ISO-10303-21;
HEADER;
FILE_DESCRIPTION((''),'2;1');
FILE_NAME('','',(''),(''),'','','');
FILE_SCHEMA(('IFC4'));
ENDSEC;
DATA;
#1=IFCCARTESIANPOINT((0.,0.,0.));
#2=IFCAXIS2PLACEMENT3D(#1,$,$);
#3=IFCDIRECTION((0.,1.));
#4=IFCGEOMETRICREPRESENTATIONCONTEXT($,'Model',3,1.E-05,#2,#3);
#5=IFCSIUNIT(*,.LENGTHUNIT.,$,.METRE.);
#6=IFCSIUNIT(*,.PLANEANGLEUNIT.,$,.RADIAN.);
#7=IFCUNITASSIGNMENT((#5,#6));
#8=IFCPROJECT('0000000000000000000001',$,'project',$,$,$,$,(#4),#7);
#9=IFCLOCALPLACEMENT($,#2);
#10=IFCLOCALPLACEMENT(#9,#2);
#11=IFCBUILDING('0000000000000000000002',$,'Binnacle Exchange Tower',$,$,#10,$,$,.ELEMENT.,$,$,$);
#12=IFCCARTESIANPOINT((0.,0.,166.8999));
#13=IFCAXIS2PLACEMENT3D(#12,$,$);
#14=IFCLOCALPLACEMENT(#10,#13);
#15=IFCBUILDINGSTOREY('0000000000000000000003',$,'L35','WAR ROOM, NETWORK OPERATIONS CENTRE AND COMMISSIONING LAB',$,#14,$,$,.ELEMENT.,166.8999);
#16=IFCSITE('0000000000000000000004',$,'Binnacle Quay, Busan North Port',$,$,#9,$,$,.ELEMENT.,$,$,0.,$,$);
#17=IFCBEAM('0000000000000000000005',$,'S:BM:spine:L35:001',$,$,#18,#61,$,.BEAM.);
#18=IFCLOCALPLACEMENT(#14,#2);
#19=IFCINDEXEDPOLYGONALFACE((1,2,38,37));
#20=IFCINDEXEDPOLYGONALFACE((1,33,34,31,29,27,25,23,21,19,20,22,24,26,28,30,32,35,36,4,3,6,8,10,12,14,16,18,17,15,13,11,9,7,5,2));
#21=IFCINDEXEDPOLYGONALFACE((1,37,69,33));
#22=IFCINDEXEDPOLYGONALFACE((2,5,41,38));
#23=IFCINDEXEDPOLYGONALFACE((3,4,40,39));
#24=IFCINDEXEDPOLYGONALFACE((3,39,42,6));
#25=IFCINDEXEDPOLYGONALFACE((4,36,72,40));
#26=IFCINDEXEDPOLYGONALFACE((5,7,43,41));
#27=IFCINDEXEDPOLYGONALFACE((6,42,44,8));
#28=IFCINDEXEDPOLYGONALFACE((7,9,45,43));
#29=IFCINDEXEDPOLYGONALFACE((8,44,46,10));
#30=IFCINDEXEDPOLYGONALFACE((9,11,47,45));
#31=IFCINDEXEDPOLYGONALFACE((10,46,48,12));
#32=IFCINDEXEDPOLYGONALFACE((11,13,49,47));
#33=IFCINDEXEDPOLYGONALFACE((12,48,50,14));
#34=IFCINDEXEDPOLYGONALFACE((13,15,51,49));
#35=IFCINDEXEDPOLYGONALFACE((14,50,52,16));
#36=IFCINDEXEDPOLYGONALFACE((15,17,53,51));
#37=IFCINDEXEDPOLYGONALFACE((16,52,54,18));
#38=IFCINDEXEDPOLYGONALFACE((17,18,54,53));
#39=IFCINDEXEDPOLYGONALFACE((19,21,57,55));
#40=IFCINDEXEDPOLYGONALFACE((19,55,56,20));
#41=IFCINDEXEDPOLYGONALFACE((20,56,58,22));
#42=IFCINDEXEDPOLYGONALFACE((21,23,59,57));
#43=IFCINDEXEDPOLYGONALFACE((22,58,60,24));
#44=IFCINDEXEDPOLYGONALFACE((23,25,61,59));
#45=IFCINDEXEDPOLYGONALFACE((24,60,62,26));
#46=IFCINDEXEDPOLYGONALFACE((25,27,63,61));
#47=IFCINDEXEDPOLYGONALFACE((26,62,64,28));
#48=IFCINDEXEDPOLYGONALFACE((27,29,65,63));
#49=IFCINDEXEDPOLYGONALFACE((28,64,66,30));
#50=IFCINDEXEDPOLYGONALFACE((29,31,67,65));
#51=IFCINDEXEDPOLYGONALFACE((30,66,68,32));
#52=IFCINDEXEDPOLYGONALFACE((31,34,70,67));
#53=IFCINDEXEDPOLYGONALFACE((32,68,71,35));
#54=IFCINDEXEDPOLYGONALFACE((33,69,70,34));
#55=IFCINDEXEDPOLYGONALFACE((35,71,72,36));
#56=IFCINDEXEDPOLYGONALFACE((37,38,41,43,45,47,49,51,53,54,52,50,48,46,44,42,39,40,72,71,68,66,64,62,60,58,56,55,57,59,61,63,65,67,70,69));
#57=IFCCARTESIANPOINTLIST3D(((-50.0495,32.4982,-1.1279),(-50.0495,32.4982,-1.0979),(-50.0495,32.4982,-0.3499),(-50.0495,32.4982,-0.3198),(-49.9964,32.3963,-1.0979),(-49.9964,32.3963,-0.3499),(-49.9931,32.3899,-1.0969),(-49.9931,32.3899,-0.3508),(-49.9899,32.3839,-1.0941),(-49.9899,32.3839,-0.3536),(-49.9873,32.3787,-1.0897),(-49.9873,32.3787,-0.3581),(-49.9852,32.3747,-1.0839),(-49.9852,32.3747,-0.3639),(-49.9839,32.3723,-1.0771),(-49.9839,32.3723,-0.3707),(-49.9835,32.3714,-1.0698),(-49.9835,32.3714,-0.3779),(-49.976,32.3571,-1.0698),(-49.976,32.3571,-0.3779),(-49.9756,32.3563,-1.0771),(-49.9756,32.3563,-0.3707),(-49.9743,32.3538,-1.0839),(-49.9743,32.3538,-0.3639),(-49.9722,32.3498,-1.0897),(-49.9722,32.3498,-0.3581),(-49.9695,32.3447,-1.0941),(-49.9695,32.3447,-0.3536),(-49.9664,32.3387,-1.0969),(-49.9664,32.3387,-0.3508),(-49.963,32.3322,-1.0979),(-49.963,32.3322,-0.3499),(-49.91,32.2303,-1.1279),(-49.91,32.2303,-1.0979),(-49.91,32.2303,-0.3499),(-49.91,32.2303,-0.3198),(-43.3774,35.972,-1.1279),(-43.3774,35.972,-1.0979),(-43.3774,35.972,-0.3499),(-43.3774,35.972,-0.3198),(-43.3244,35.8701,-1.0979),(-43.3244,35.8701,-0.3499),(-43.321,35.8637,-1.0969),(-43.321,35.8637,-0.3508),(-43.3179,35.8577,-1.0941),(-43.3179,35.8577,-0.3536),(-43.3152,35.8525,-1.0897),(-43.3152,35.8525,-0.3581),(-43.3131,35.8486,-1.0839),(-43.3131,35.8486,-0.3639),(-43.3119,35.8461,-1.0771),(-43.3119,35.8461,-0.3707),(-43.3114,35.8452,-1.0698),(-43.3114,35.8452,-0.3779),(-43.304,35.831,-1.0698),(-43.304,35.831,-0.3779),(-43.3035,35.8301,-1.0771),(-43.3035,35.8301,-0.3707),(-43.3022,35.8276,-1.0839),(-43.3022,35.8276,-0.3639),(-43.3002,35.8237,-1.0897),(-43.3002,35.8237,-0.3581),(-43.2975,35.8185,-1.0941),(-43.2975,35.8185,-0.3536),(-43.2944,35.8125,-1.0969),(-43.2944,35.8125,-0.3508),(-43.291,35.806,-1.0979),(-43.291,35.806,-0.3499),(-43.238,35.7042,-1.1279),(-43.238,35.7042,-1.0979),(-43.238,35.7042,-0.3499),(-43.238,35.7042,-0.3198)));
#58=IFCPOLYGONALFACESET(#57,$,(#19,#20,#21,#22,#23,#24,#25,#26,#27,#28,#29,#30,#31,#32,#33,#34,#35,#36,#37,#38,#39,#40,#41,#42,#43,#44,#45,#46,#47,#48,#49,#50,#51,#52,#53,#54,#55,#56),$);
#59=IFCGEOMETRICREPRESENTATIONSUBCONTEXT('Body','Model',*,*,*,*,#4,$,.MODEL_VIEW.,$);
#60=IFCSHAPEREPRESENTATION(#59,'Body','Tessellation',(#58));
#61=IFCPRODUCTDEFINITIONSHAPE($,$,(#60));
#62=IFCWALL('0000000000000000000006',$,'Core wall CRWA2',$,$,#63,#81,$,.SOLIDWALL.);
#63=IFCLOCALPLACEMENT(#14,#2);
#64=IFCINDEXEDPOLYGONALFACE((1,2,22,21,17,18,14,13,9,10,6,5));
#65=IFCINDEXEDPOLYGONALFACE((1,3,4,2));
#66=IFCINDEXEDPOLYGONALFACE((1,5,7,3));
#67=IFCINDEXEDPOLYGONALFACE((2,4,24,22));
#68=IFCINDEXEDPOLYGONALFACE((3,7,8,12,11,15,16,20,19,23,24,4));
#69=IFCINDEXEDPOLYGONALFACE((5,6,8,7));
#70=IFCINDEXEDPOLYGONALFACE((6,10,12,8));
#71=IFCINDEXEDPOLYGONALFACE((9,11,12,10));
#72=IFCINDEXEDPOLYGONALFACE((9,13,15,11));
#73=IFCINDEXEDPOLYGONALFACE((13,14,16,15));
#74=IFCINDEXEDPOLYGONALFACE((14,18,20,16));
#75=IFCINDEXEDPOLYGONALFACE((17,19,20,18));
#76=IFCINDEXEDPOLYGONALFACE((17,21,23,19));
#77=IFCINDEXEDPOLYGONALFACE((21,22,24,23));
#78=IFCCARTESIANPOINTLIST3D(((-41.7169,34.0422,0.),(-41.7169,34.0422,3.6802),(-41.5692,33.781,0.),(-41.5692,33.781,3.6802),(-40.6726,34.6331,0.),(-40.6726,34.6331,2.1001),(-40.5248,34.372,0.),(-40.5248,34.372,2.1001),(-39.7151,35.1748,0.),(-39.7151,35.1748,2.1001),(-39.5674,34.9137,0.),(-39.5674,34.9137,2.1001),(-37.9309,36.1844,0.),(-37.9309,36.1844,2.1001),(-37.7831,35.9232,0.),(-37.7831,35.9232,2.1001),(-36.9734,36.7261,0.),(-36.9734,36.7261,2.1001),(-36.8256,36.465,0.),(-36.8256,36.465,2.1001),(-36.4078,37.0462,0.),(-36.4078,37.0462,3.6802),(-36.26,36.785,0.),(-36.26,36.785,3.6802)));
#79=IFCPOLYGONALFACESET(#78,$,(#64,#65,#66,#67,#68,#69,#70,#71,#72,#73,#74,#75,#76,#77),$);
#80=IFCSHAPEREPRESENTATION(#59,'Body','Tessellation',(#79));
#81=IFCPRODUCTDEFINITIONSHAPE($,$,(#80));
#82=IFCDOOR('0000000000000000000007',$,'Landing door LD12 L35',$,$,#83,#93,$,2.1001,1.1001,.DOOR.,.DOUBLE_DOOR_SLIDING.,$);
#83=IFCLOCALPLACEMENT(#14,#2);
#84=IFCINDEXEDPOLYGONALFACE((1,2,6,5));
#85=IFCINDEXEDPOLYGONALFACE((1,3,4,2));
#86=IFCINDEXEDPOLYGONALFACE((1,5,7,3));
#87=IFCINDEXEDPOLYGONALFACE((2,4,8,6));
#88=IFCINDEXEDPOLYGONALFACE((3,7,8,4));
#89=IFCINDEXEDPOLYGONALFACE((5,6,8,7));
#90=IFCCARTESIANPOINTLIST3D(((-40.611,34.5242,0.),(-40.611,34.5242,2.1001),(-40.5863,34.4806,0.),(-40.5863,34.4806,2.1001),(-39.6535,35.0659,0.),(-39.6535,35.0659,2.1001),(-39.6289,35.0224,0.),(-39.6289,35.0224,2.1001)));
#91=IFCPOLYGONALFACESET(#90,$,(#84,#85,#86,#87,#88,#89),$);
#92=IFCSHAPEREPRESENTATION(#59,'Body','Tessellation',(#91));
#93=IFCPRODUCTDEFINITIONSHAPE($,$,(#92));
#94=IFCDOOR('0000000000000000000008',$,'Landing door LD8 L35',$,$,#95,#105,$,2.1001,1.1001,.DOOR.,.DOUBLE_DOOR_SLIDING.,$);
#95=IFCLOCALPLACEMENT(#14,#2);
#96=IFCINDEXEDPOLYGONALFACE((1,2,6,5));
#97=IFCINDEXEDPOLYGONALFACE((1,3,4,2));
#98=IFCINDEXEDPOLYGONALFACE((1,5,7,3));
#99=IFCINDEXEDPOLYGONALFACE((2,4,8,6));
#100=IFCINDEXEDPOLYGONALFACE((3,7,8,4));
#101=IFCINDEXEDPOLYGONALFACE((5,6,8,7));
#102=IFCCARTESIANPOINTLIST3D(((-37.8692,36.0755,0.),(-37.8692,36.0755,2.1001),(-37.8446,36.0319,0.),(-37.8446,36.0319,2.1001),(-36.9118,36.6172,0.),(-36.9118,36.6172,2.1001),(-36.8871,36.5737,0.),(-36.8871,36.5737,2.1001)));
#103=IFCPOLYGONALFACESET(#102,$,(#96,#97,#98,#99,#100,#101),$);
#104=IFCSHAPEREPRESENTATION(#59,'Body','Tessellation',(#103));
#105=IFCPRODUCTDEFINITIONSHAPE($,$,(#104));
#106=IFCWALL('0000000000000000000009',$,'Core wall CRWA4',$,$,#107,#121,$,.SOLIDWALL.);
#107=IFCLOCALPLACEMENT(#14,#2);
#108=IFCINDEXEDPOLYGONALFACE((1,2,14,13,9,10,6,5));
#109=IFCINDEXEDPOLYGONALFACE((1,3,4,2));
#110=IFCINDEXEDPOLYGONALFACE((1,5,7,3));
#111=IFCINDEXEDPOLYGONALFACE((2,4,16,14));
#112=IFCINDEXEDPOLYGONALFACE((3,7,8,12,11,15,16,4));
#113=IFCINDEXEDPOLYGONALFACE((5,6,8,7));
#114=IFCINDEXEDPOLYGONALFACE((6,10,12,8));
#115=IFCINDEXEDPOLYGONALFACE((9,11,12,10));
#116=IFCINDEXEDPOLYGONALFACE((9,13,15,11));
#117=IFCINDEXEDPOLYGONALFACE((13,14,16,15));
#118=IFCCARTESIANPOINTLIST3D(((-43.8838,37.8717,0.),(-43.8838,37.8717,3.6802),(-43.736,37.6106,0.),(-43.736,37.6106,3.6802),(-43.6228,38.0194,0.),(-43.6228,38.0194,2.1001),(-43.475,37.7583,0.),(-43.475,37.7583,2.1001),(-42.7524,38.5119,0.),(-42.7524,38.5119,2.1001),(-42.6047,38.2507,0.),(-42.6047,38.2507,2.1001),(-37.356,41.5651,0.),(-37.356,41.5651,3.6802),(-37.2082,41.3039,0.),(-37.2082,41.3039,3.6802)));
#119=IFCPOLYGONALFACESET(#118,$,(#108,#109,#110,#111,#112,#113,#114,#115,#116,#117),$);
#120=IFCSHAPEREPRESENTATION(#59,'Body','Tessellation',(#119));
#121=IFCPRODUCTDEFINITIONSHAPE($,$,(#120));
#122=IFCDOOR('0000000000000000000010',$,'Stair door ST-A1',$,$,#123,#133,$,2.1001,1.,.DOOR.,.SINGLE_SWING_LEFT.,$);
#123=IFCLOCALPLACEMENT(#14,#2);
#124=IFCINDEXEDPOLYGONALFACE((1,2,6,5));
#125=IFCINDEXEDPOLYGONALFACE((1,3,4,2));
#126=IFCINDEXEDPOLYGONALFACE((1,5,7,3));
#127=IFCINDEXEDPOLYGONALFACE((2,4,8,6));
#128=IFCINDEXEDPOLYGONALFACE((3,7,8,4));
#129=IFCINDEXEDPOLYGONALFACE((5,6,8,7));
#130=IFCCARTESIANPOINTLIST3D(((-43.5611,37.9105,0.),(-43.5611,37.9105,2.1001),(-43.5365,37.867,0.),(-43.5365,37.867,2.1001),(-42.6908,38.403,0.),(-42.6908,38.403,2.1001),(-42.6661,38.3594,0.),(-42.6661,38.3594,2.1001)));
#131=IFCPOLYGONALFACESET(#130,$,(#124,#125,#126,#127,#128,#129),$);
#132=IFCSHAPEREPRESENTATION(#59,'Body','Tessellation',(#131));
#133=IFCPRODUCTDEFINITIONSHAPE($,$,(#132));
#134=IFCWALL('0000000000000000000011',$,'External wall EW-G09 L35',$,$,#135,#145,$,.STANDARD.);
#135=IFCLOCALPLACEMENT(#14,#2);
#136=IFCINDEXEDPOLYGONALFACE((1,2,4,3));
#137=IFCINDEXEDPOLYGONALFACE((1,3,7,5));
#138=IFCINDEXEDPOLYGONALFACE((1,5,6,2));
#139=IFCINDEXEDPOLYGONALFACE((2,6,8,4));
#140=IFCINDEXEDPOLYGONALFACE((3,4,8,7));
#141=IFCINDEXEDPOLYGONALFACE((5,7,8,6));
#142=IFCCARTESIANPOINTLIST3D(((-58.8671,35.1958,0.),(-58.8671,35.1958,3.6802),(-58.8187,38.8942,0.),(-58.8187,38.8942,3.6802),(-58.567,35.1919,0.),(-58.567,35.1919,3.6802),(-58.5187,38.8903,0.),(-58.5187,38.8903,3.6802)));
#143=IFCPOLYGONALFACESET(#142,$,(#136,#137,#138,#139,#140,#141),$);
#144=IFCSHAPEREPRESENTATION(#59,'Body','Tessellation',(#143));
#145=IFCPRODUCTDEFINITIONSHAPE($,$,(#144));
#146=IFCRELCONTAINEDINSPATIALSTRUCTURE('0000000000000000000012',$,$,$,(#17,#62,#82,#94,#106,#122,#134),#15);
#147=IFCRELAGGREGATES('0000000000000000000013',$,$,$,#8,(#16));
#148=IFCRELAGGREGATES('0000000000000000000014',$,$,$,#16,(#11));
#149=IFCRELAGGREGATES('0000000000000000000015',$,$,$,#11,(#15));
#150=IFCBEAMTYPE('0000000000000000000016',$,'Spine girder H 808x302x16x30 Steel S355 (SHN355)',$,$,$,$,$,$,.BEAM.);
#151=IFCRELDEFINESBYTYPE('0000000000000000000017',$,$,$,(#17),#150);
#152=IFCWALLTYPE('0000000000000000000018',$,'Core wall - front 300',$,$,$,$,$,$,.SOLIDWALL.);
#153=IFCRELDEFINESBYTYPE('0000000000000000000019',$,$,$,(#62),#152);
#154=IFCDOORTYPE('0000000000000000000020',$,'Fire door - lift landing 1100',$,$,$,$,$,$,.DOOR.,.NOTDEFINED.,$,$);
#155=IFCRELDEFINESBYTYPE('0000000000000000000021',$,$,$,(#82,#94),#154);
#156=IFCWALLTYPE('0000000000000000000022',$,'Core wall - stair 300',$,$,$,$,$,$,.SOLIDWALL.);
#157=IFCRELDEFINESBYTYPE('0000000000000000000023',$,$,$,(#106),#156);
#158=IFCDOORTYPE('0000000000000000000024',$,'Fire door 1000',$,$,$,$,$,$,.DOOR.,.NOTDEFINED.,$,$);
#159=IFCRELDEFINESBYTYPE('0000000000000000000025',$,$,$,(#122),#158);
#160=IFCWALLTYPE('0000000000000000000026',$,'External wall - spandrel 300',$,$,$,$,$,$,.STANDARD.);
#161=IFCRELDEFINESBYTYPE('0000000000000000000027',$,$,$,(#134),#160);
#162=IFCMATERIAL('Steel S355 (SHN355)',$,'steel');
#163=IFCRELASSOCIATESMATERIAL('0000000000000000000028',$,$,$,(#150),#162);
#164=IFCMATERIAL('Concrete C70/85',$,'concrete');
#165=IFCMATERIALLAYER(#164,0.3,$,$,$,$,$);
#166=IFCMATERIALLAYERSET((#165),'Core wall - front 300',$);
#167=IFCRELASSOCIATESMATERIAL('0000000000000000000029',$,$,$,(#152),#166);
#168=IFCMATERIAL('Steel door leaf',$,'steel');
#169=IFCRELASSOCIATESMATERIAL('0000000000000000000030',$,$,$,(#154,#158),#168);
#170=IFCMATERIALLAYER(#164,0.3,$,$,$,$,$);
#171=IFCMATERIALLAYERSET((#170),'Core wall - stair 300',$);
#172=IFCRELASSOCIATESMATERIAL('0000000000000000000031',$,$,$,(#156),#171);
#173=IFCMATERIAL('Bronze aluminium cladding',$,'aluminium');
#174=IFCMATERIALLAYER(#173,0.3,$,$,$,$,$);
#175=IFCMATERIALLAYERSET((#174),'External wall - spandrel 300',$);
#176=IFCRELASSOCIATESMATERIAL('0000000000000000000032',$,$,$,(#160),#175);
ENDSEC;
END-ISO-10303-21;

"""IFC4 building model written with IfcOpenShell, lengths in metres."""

from ifc_helpers import new_model, si_unit, direction, frame, frame_2d, origin, origin_2d, place, context, subcontext, project, spatial, rectangle, i_section, extrude, material, layer, layer_set, material_profile, profile_set, type_object, element, fill, save


model = new_model("IFC4")

# Units and contexts
model_context = context("Model", 3, precision=1e-05, world=origin(), true_north=direction((0.0, 1.0)))
body_context = subcontext(model_context, "Body", "Model", "MODEL_VIEW")
ifc_project = project(units=[si_unit("LENGTHUNIT", "METRE"), si_unit("PLANEANGLEUNIT", "RADIAN")], contexts=[model_context])

# Site, building, storey
site_placement = place(None, origin())
site = spatial("IfcSite", under=ifc_project, at=site_placement, Name="Binnacle Quay, Busan North Port", CompositionType="ELEMENT", RefElevation=0.0)
building_placement = place(site_placement, origin())
building = spatial("IfcBuilding", under=site, at=building_placement, Name="Binnacle Exchange Tower", CompositionType="ELEMENT")
storey_placement = place(building_placement, frame((0.0, 0.0, 166.8999)))
storey = spatial("IfcBuildingStorey", under=building, at=storey_placement, Name="L35", Description="WAR ROOM, NETWORK OPERATIONS CENTRE AND COMMISSIONING LAB", CompositionType="ELEMENT", Elevation=166.8999)

# Shared definitions
ifc_material_1 = material(Name="Concrete C70/85", Category="concrete")

# Beam
ifc_material_2 = material(Name="Steel S355 (SHN355)", Category="steel")
ifc_material_profile_1 = material_profile(ifc_material_2, i_section(OverallWidth=0.302, OverallDepth=0.8081, WebThickness=0.0161, FlangeThickness=0.03, FilletRadius=0.0281, at=origin_2d()), Name="H 808x302x16x30")
ifc_profile_set_1 = profile_set([ifc_material_profile_1], Name="Steel S355 (SHN355)")
beam_type_1 = type_object("IfcBeamType", Name="Spine girder H 808x302x16x30 Steel S355 (SHN355)", PredefinedType="BEAM", material=ifc_profile_set_1)
beam_1_placement = place(storey_placement, frame((-49.9797, 32.3643, -0.7239), z_axis=(0.886979, 0.46181, 0.0), x_axis=(-0.46181, 0.886979, 0.0)))
element("IfcBeam", 1, at=beam_1_placement, inside=storey, type_object=beam_type_1, Name="S:BM:spine:L35:001", PredefinedType="BEAM", context=body_context, shape_type="SweptSolid", body=[
    extrude(i_section(OverallWidth=0.302, OverallDepth=0.8081, WebThickness=0.0161, FlangeThickness=0.03, FilletRadius=0.0281, at=origin_2d()), origin(), (0.0, 0.0, 1.0), 7.5222),
])

# Wall, openings, doors
ifc_layer_1 = layer(ifc_material_1, 0.3)
ifc_layer_set_1 = layer_set([ifc_layer_1], Name="Core wall - front 300")
wall_type_1 = type_object("IfcWallType", Name="Core wall - front 300", PredefinedType="SOLIDWALL", material=ifc_layer_set_1)
wall_1_placement = place(storey_placement, frame((-41.6431, 33.9116, 0.0), z_axis=(0.0, 0.0, 1.0), x_axis=(0.870344, 0.492445, 0.0)))
wall_1 = element("IfcWall", 2, at=wall_1_placement, inside=storey, type_object=wall_type_1, Name="Core wall CRWA2", PredefinedType="SOLIDWALL", context=body_context, shape_type="SweptSolid", body=[
    extrude(rectangle(XDim=6.1001, YDim=0.3, at=frame_2d((3.05, 0.0))), origin(), (0.0, 0.0, 1.0), 3.6802),
])
opening_1_placement = place(wall_1_placement, frame((1.2, 0.0, 0.0)))
opening_1 = element("IfcOpeningElement", 3, at=opening_1_placement, cuts=wall_1, PredefinedType="OPENING", context=body_context, shape_type="SweptSolid", body=[
    extrude(rectangle(XDim=1.1001, YDim=2.1001, at=frame_2d((0.55, 1.05))), frame((0.0, 0.1599, 0.0), z_axis=(0.0, -1.0, 0.0), x_axis=(1.0, 0.0, 0.0)), (0.0, 0.0, 1.0), 0.3201),
])
opening_2_placement = place(wall_1_placement, frame((4.3501, 0.0, 0.0)))
opening_2 = element("IfcOpeningElement", 4, at=opening_2_placement, cuts=wall_1, PredefinedType="OPENING", context=body_context, shape_type="SweptSolid", body=[
    extrude(rectangle(XDim=1.1001, YDim=2.1001, at=frame_2d((0.55, 1.05))), frame((0.0, 0.1599, 0.0), z_axis=(0.0, -1.0, 0.0), x_axis=(1.0, 0.0, 0.0)), (0.0, 0.0, 1.0), 0.3201),
])
ifc_material_3 = material(Name="Steel door leaf", Category="steel")
door_type_1 = type_object("IfcDoorType", Name="Fire door - lift landing 1100", OperationType="NOTDEFINED", PredefinedType="DOOR", material=ifc_material_3)
door_1_placement = place(opening_1_placement, origin())
door_1 = element("IfcDoor", 5, at=door_1_placement, inside=storey, type_object=door_type_1, Name="Landing door LD12 L35", OperationType="DOUBLE_DOOR_SLIDING", OverallHeight=2.1001, OverallWidth=1.1001, PredefinedType="DOOR", context=body_context, shape_type="SweptSolid", body=[
    extrude(rectangle(XDim=1.1001, YDim=2.1001, at=frame_2d((0.55, 1.05))), frame((0.0, 0.0249, 0.0), z_axis=(0.0, -1.0, 0.0), x_axis=(1.0, 0.0, 0.0)), (0.0, 0.0, 1.0), 0.05),
])
fill(opening_1, door_1)
door_2_placement = place(opening_2_placement, origin())
door_2 = element("IfcDoor", 6, at=door_2_placement, inside=storey, type_object=door_type_1, Name="Landing door LD8 L35", OperationType="DOUBLE_DOOR_SLIDING", OverallHeight=2.1001, OverallWidth=1.1001, PredefinedType="DOOR", context=body_context, shape_type="SweptSolid", body=[
    extrude(rectangle(XDim=1.1001, YDim=2.1001, at=frame_2d((0.55, 1.05))), frame((0.0, 0.0249, 0.0), z_axis=(0.0, -1.0, 0.0), x_axis=(1.0, 0.0, 0.0)), (0.0, 0.0, 1.0), 0.05),
])
fill(opening_2, door_2)

# Wall, opening, door
ifc_layer_2 = layer(ifc_material_1, 0.3)
ifc_layer_set_2 = layer_set([ifc_layer_2], Name="Core wall - stair 300")
wall_type_2 = type_object("IfcWallType", Name="Core wall - stair 300", PredefinedType="SOLIDWALL", material=ifc_layer_set_2)
wall_2_placement = place(storey_placement, frame((-43.8098, 37.7412, 0.0), z_axis=(0.0, 0.0, 1.0), x_axis=(0.870351, 0.492433, 0.0)))
wall_2 = element("IfcWall", 7, at=wall_2_placement, inside=storey, type_object=wall_type_2, Name="Core wall CRWA4", PredefinedType="SOLIDWALL", context=body_context, shape_type="SweptSolid", body=[
    extrude(rectangle(XDim=7.5002, YDim=0.3, at=frame_2d((3.75, 0.0))), origin(), (0.0, 0.0, 1.0), 3.6802),
])
opening_3_placement = place(wall_2_placement, frame((0.2998, 0.0, 0.0)))
opening_3 = element("IfcOpeningElement", 8, at=opening_3_placement, cuts=wall_2, PredefinedType="OPENING", context=body_context, shape_type="SweptSolid", body=[
    extrude(rectangle(XDim=1.0, YDim=2.1001, at=frame_2d((0.5, 1.05))), frame((0.0, 0.1599, 0.0), z_axis=(0.0, -1.0, 0.0), x_axis=(1.0, 0.0, 0.0)), (0.0, 0.0, 1.0), 0.3201),
])
door_type_2 = type_object("IfcDoorType", Name="Fire door 1000", OperationType="NOTDEFINED", PredefinedType="DOOR", material=ifc_material_3)
door_3_placement = place(opening_3_placement, origin())
door_3 = element("IfcDoor", 9, at=door_3_placement, inside=storey, type_object=door_type_2, Name="Stair door ST-A1", OperationType="SINGLE_SWING_LEFT", OverallHeight=2.1001, OverallWidth=1.0, PredefinedType="DOOR", context=body_context, shape_type="SweptSolid", body=[
    extrude(rectangle(XDim=1.0, YDim=2.1001, at=frame_2d((0.5, 1.05))), frame((0.0, 0.0249, 0.0), z_axis=(0.0, -1.0, 0.0), x_axis=(1.0, 0.0, 0.0)), (0.0, 0.0, 1.0), 0.05),
])
fill(opening_3, door_3)

# Wall
ifc_material_4 = material(Name="Bronze aluminium cladding", Category="aluminium")
ifc_layer_3 = layer(ifc_material_4, 0.3)
ifc_layer_set_3 = layer_set([ifc_layer_3], Name="External wall - spandrel 300")
wall_type_3 = type_object("IfcWallType", Name="External wall - spandrel 300", PredefinedType="STANDARD", material=ifc_layer_set_3)
wall_3_placement = place(storey_placement, frame((-58.717, 35.1938, 0.0), z_axis=(0.0, 0.0, 1.0), x_axis=(0.013069, 0.999915, 0.0)))
element("IfcWall", 10, at=wall_3_placement, inside=storey, type_object=wall_type_3, Name="External wall EW-G09 L35", PredefinedType="STANDARD", context=body_context, shape_type="SweptSolid", body=[
    extrude(rectangle(XDim=3.6987, YDim=0.3, at=frame_2d((1.8494, 0.0))), origin(), (0.0, 0.0, 1.0), 3.6802),
])

save(model, "model.ifc")
